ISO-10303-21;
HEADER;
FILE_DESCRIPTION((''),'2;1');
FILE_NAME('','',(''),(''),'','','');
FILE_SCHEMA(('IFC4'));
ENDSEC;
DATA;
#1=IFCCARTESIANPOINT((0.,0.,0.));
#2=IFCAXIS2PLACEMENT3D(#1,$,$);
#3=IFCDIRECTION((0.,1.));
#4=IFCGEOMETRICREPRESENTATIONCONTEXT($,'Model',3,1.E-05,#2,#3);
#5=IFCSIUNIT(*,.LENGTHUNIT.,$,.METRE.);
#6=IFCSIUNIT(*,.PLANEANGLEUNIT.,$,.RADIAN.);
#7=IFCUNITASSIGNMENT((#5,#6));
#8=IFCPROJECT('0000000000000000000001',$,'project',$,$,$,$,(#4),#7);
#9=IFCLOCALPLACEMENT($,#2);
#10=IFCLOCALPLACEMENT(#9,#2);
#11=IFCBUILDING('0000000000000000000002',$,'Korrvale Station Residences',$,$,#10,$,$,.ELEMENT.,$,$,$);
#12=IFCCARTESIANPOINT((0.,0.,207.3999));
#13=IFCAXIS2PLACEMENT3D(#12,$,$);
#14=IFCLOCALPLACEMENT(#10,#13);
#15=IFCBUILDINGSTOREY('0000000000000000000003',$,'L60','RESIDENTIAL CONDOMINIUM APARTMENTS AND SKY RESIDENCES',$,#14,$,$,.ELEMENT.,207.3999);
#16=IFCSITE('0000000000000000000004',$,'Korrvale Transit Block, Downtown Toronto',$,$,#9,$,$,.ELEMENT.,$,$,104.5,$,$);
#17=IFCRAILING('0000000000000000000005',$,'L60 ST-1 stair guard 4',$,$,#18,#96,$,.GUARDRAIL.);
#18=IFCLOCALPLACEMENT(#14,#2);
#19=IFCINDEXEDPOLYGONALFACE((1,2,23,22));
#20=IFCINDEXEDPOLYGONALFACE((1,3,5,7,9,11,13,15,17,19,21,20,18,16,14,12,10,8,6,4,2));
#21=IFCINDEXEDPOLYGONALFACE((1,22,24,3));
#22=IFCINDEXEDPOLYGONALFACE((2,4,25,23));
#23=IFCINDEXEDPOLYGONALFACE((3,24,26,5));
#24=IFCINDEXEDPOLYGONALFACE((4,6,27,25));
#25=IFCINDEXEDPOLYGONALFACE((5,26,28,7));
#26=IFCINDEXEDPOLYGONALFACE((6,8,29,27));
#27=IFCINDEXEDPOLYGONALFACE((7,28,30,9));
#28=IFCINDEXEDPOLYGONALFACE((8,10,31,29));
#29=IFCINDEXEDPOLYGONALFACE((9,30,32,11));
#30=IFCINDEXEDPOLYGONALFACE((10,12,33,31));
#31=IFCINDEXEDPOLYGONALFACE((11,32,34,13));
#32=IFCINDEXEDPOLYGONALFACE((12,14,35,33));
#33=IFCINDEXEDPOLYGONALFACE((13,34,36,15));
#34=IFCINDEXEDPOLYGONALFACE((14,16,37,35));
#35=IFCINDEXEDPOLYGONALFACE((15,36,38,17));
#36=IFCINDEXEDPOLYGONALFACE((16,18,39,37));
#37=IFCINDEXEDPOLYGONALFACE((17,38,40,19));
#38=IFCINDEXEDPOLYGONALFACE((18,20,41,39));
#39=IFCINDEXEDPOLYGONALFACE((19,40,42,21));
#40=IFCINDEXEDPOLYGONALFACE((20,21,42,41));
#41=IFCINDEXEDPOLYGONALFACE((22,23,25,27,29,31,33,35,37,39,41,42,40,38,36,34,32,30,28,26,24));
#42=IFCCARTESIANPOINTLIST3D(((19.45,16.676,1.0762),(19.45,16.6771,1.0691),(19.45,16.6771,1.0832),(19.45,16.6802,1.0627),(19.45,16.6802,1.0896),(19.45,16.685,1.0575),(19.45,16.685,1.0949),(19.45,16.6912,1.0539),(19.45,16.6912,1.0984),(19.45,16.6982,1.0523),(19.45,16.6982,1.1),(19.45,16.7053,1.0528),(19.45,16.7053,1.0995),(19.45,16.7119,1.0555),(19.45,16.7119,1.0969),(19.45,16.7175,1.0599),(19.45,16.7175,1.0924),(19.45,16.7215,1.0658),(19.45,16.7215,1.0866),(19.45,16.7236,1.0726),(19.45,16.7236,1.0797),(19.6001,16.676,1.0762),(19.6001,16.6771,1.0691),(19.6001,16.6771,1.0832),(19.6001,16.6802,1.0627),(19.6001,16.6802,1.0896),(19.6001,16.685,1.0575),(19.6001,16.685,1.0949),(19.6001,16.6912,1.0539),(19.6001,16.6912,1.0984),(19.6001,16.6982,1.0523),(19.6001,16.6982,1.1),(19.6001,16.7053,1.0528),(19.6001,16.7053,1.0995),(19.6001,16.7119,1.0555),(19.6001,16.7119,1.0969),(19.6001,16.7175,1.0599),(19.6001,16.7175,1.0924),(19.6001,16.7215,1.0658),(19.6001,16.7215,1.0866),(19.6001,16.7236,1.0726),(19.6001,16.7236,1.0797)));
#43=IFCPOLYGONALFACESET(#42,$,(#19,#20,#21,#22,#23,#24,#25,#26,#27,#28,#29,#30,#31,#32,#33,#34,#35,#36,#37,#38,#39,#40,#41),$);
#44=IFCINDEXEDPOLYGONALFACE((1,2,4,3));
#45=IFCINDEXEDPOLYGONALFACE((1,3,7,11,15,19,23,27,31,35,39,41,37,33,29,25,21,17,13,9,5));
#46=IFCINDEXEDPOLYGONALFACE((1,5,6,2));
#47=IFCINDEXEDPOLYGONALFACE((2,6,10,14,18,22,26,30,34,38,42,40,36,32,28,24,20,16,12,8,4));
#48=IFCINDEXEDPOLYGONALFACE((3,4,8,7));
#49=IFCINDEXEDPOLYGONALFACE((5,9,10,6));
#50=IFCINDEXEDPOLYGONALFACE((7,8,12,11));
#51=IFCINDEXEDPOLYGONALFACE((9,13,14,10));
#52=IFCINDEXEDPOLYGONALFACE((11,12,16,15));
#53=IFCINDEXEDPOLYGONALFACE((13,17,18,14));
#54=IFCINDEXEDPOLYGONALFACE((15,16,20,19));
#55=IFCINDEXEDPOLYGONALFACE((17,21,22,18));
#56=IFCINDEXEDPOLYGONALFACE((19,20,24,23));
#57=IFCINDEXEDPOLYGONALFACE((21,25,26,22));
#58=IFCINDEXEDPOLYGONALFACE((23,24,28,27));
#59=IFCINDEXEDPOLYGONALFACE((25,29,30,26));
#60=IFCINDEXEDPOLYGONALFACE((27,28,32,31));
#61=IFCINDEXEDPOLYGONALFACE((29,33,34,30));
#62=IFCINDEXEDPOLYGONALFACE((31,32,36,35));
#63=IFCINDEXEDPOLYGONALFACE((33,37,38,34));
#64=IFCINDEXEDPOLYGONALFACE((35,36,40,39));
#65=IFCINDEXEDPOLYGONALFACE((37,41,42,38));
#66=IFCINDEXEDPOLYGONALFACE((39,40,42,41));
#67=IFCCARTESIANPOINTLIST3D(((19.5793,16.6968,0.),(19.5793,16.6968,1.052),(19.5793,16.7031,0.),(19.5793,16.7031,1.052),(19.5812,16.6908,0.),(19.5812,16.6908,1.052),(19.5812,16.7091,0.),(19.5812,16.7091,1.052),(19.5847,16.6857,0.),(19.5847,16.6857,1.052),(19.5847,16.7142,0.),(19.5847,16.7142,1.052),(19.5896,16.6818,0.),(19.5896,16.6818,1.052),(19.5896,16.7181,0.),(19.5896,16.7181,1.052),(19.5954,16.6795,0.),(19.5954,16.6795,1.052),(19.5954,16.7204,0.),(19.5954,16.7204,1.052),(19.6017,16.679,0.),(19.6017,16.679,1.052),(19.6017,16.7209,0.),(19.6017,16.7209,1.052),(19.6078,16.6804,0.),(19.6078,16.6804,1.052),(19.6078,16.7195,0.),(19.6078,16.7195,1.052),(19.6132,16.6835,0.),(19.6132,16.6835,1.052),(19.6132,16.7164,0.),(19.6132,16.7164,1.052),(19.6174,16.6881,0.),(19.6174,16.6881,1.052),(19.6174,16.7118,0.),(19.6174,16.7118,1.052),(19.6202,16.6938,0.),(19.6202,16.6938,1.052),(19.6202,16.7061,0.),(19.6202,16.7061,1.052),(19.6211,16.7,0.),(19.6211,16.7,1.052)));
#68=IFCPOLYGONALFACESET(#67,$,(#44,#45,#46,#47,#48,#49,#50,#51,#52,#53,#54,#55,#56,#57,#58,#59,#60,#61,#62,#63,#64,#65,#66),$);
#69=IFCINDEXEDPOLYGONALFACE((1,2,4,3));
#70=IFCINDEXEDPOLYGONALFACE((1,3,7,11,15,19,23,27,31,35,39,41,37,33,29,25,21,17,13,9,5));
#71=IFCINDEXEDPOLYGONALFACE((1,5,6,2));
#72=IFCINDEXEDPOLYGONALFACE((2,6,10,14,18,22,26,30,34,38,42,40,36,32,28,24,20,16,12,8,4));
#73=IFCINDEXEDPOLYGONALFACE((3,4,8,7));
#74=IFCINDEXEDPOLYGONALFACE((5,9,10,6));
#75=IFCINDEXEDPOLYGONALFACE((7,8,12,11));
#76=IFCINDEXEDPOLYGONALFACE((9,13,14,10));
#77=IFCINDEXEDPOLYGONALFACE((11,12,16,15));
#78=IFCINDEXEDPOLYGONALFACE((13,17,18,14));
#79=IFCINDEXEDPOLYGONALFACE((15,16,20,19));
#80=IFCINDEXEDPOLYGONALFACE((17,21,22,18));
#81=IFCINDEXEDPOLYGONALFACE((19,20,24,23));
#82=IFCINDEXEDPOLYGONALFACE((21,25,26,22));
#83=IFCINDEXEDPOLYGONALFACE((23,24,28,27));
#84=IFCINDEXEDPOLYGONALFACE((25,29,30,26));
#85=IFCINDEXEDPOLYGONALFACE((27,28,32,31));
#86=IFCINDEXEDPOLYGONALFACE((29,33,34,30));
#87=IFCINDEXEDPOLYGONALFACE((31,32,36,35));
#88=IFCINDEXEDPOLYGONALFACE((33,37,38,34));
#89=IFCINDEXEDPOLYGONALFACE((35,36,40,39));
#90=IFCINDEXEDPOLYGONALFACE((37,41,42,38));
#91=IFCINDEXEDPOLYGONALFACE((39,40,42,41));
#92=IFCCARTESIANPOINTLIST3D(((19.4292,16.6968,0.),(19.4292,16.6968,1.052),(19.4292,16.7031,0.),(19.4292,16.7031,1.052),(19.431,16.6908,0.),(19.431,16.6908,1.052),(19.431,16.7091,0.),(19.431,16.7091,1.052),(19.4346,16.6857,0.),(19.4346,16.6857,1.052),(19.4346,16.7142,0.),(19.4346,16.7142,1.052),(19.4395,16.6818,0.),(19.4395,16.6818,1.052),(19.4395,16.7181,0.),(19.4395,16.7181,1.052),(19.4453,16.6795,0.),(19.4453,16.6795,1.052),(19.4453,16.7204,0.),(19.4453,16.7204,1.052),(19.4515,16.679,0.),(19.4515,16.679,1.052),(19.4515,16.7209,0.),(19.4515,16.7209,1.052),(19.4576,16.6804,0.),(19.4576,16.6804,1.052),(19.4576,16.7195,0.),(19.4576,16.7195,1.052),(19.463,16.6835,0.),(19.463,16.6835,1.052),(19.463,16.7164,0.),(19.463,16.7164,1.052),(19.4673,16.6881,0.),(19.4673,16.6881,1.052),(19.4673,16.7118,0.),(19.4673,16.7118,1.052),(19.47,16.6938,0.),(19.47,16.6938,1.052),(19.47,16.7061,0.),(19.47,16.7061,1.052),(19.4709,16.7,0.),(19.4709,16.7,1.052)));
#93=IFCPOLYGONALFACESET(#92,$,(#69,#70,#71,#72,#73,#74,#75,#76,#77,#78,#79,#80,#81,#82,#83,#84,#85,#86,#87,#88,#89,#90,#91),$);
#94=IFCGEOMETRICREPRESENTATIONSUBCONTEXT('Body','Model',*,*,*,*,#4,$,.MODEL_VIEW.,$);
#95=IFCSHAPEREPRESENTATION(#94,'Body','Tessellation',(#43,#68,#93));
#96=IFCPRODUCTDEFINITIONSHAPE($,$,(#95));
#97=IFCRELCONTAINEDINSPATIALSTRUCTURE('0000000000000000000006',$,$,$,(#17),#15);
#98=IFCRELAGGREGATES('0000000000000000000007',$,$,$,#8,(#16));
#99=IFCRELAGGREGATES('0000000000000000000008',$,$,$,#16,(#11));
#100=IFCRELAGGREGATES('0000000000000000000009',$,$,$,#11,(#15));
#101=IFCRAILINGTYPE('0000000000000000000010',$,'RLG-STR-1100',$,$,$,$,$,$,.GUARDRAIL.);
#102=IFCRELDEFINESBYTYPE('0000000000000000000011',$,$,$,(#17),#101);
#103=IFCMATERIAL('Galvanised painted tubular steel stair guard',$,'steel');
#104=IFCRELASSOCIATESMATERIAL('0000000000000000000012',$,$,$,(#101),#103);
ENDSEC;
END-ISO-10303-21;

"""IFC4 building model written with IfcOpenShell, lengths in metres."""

from ifc_helpers import new_model, si_unit, direction, frame, origin, origin_2d, place, context, subcontext, project, spatial, circle, extrude, material, type_object, element, save


model = new_model("IFC4")

# Units and contexts
model_context = context("Model", 3, precision=1e-05, world=origin(), true_north=direction((0.0, 1.0)))
body_context = subcontext(model_context, "Body", "Model", "MODEL_VIEW")
ifc_project = project(units=[si_unit("LENGTHUNIT", "METRE"), si_unit("PLANEANGLEUNIT", "RADIAN")], contexts=[model_context])

# Site, building, storey
site_placement = place(None, origin())
site = spatial("IfcSite", under=ifc_project, at=site_placement, Name="Korrvale Transit Block, Downtown Toronto", CompositionType="ELEMENT", RefElevation=104.5)
building_placement = place(site_placement, origin())
building = spatial("IfcBuilding", under=site, at=building_placement, Name="Korrvale Station Residences", CompositionType="ELEMENT")
storey_placement = place(building_placement, frame((0.0, 0.0, 207.3999)))
storey = spatial("IfcBuildingStorey", under=building, at=storey_placement, Name="L60", Description="RESIDENTIAL CONDOMINIUM APARTMENTS AND SKY RESIDENCES", CompositionType="ELEMENT", Elevation=207.3999)

# Railing
ifc_material_1 = material(Name="Galvanised painted tubular steel stair guard", Category="steel")
railing_type_1 = type_object("IfcRailingType", Name="RLG-STR-1100", PredefinedType="GUARDRAIL", material=ifc_material_1)
railing_1_placement = place(storey_placement, frame((19.6001, 16.7, 0.0)))
element("IfcRailing", 1, at=railing_1_placement, inside=storey, type_object=railing_type_1, Name="L60 ST-1 stair guard 4", PredefinedType="GUARDRAIL", context=body_context, shape_type="SweptSolid", body=[
    extrude(circle(Radius=0.0239, at=origin_2d()), frame((0.0, 0.0, 1.0762), z_axis=(-1.0, 0.0, 0.0), x_axis=(0.0, -1.0, 0.0)), (0.0, 0.0, 1.0), 0.1501),
    extrude(circle(Radius=0.021, at=origin_2d()), origin(), (0.0, 0.0, 1.0), 1.052),
    extrude(circle(Radius=0.021, at=origin_2d()), frame((-0.1501, 0.0, 0.0)), (0.0, 0.0, 1.0), 1.052),
])

save(model, "model.ifc")
